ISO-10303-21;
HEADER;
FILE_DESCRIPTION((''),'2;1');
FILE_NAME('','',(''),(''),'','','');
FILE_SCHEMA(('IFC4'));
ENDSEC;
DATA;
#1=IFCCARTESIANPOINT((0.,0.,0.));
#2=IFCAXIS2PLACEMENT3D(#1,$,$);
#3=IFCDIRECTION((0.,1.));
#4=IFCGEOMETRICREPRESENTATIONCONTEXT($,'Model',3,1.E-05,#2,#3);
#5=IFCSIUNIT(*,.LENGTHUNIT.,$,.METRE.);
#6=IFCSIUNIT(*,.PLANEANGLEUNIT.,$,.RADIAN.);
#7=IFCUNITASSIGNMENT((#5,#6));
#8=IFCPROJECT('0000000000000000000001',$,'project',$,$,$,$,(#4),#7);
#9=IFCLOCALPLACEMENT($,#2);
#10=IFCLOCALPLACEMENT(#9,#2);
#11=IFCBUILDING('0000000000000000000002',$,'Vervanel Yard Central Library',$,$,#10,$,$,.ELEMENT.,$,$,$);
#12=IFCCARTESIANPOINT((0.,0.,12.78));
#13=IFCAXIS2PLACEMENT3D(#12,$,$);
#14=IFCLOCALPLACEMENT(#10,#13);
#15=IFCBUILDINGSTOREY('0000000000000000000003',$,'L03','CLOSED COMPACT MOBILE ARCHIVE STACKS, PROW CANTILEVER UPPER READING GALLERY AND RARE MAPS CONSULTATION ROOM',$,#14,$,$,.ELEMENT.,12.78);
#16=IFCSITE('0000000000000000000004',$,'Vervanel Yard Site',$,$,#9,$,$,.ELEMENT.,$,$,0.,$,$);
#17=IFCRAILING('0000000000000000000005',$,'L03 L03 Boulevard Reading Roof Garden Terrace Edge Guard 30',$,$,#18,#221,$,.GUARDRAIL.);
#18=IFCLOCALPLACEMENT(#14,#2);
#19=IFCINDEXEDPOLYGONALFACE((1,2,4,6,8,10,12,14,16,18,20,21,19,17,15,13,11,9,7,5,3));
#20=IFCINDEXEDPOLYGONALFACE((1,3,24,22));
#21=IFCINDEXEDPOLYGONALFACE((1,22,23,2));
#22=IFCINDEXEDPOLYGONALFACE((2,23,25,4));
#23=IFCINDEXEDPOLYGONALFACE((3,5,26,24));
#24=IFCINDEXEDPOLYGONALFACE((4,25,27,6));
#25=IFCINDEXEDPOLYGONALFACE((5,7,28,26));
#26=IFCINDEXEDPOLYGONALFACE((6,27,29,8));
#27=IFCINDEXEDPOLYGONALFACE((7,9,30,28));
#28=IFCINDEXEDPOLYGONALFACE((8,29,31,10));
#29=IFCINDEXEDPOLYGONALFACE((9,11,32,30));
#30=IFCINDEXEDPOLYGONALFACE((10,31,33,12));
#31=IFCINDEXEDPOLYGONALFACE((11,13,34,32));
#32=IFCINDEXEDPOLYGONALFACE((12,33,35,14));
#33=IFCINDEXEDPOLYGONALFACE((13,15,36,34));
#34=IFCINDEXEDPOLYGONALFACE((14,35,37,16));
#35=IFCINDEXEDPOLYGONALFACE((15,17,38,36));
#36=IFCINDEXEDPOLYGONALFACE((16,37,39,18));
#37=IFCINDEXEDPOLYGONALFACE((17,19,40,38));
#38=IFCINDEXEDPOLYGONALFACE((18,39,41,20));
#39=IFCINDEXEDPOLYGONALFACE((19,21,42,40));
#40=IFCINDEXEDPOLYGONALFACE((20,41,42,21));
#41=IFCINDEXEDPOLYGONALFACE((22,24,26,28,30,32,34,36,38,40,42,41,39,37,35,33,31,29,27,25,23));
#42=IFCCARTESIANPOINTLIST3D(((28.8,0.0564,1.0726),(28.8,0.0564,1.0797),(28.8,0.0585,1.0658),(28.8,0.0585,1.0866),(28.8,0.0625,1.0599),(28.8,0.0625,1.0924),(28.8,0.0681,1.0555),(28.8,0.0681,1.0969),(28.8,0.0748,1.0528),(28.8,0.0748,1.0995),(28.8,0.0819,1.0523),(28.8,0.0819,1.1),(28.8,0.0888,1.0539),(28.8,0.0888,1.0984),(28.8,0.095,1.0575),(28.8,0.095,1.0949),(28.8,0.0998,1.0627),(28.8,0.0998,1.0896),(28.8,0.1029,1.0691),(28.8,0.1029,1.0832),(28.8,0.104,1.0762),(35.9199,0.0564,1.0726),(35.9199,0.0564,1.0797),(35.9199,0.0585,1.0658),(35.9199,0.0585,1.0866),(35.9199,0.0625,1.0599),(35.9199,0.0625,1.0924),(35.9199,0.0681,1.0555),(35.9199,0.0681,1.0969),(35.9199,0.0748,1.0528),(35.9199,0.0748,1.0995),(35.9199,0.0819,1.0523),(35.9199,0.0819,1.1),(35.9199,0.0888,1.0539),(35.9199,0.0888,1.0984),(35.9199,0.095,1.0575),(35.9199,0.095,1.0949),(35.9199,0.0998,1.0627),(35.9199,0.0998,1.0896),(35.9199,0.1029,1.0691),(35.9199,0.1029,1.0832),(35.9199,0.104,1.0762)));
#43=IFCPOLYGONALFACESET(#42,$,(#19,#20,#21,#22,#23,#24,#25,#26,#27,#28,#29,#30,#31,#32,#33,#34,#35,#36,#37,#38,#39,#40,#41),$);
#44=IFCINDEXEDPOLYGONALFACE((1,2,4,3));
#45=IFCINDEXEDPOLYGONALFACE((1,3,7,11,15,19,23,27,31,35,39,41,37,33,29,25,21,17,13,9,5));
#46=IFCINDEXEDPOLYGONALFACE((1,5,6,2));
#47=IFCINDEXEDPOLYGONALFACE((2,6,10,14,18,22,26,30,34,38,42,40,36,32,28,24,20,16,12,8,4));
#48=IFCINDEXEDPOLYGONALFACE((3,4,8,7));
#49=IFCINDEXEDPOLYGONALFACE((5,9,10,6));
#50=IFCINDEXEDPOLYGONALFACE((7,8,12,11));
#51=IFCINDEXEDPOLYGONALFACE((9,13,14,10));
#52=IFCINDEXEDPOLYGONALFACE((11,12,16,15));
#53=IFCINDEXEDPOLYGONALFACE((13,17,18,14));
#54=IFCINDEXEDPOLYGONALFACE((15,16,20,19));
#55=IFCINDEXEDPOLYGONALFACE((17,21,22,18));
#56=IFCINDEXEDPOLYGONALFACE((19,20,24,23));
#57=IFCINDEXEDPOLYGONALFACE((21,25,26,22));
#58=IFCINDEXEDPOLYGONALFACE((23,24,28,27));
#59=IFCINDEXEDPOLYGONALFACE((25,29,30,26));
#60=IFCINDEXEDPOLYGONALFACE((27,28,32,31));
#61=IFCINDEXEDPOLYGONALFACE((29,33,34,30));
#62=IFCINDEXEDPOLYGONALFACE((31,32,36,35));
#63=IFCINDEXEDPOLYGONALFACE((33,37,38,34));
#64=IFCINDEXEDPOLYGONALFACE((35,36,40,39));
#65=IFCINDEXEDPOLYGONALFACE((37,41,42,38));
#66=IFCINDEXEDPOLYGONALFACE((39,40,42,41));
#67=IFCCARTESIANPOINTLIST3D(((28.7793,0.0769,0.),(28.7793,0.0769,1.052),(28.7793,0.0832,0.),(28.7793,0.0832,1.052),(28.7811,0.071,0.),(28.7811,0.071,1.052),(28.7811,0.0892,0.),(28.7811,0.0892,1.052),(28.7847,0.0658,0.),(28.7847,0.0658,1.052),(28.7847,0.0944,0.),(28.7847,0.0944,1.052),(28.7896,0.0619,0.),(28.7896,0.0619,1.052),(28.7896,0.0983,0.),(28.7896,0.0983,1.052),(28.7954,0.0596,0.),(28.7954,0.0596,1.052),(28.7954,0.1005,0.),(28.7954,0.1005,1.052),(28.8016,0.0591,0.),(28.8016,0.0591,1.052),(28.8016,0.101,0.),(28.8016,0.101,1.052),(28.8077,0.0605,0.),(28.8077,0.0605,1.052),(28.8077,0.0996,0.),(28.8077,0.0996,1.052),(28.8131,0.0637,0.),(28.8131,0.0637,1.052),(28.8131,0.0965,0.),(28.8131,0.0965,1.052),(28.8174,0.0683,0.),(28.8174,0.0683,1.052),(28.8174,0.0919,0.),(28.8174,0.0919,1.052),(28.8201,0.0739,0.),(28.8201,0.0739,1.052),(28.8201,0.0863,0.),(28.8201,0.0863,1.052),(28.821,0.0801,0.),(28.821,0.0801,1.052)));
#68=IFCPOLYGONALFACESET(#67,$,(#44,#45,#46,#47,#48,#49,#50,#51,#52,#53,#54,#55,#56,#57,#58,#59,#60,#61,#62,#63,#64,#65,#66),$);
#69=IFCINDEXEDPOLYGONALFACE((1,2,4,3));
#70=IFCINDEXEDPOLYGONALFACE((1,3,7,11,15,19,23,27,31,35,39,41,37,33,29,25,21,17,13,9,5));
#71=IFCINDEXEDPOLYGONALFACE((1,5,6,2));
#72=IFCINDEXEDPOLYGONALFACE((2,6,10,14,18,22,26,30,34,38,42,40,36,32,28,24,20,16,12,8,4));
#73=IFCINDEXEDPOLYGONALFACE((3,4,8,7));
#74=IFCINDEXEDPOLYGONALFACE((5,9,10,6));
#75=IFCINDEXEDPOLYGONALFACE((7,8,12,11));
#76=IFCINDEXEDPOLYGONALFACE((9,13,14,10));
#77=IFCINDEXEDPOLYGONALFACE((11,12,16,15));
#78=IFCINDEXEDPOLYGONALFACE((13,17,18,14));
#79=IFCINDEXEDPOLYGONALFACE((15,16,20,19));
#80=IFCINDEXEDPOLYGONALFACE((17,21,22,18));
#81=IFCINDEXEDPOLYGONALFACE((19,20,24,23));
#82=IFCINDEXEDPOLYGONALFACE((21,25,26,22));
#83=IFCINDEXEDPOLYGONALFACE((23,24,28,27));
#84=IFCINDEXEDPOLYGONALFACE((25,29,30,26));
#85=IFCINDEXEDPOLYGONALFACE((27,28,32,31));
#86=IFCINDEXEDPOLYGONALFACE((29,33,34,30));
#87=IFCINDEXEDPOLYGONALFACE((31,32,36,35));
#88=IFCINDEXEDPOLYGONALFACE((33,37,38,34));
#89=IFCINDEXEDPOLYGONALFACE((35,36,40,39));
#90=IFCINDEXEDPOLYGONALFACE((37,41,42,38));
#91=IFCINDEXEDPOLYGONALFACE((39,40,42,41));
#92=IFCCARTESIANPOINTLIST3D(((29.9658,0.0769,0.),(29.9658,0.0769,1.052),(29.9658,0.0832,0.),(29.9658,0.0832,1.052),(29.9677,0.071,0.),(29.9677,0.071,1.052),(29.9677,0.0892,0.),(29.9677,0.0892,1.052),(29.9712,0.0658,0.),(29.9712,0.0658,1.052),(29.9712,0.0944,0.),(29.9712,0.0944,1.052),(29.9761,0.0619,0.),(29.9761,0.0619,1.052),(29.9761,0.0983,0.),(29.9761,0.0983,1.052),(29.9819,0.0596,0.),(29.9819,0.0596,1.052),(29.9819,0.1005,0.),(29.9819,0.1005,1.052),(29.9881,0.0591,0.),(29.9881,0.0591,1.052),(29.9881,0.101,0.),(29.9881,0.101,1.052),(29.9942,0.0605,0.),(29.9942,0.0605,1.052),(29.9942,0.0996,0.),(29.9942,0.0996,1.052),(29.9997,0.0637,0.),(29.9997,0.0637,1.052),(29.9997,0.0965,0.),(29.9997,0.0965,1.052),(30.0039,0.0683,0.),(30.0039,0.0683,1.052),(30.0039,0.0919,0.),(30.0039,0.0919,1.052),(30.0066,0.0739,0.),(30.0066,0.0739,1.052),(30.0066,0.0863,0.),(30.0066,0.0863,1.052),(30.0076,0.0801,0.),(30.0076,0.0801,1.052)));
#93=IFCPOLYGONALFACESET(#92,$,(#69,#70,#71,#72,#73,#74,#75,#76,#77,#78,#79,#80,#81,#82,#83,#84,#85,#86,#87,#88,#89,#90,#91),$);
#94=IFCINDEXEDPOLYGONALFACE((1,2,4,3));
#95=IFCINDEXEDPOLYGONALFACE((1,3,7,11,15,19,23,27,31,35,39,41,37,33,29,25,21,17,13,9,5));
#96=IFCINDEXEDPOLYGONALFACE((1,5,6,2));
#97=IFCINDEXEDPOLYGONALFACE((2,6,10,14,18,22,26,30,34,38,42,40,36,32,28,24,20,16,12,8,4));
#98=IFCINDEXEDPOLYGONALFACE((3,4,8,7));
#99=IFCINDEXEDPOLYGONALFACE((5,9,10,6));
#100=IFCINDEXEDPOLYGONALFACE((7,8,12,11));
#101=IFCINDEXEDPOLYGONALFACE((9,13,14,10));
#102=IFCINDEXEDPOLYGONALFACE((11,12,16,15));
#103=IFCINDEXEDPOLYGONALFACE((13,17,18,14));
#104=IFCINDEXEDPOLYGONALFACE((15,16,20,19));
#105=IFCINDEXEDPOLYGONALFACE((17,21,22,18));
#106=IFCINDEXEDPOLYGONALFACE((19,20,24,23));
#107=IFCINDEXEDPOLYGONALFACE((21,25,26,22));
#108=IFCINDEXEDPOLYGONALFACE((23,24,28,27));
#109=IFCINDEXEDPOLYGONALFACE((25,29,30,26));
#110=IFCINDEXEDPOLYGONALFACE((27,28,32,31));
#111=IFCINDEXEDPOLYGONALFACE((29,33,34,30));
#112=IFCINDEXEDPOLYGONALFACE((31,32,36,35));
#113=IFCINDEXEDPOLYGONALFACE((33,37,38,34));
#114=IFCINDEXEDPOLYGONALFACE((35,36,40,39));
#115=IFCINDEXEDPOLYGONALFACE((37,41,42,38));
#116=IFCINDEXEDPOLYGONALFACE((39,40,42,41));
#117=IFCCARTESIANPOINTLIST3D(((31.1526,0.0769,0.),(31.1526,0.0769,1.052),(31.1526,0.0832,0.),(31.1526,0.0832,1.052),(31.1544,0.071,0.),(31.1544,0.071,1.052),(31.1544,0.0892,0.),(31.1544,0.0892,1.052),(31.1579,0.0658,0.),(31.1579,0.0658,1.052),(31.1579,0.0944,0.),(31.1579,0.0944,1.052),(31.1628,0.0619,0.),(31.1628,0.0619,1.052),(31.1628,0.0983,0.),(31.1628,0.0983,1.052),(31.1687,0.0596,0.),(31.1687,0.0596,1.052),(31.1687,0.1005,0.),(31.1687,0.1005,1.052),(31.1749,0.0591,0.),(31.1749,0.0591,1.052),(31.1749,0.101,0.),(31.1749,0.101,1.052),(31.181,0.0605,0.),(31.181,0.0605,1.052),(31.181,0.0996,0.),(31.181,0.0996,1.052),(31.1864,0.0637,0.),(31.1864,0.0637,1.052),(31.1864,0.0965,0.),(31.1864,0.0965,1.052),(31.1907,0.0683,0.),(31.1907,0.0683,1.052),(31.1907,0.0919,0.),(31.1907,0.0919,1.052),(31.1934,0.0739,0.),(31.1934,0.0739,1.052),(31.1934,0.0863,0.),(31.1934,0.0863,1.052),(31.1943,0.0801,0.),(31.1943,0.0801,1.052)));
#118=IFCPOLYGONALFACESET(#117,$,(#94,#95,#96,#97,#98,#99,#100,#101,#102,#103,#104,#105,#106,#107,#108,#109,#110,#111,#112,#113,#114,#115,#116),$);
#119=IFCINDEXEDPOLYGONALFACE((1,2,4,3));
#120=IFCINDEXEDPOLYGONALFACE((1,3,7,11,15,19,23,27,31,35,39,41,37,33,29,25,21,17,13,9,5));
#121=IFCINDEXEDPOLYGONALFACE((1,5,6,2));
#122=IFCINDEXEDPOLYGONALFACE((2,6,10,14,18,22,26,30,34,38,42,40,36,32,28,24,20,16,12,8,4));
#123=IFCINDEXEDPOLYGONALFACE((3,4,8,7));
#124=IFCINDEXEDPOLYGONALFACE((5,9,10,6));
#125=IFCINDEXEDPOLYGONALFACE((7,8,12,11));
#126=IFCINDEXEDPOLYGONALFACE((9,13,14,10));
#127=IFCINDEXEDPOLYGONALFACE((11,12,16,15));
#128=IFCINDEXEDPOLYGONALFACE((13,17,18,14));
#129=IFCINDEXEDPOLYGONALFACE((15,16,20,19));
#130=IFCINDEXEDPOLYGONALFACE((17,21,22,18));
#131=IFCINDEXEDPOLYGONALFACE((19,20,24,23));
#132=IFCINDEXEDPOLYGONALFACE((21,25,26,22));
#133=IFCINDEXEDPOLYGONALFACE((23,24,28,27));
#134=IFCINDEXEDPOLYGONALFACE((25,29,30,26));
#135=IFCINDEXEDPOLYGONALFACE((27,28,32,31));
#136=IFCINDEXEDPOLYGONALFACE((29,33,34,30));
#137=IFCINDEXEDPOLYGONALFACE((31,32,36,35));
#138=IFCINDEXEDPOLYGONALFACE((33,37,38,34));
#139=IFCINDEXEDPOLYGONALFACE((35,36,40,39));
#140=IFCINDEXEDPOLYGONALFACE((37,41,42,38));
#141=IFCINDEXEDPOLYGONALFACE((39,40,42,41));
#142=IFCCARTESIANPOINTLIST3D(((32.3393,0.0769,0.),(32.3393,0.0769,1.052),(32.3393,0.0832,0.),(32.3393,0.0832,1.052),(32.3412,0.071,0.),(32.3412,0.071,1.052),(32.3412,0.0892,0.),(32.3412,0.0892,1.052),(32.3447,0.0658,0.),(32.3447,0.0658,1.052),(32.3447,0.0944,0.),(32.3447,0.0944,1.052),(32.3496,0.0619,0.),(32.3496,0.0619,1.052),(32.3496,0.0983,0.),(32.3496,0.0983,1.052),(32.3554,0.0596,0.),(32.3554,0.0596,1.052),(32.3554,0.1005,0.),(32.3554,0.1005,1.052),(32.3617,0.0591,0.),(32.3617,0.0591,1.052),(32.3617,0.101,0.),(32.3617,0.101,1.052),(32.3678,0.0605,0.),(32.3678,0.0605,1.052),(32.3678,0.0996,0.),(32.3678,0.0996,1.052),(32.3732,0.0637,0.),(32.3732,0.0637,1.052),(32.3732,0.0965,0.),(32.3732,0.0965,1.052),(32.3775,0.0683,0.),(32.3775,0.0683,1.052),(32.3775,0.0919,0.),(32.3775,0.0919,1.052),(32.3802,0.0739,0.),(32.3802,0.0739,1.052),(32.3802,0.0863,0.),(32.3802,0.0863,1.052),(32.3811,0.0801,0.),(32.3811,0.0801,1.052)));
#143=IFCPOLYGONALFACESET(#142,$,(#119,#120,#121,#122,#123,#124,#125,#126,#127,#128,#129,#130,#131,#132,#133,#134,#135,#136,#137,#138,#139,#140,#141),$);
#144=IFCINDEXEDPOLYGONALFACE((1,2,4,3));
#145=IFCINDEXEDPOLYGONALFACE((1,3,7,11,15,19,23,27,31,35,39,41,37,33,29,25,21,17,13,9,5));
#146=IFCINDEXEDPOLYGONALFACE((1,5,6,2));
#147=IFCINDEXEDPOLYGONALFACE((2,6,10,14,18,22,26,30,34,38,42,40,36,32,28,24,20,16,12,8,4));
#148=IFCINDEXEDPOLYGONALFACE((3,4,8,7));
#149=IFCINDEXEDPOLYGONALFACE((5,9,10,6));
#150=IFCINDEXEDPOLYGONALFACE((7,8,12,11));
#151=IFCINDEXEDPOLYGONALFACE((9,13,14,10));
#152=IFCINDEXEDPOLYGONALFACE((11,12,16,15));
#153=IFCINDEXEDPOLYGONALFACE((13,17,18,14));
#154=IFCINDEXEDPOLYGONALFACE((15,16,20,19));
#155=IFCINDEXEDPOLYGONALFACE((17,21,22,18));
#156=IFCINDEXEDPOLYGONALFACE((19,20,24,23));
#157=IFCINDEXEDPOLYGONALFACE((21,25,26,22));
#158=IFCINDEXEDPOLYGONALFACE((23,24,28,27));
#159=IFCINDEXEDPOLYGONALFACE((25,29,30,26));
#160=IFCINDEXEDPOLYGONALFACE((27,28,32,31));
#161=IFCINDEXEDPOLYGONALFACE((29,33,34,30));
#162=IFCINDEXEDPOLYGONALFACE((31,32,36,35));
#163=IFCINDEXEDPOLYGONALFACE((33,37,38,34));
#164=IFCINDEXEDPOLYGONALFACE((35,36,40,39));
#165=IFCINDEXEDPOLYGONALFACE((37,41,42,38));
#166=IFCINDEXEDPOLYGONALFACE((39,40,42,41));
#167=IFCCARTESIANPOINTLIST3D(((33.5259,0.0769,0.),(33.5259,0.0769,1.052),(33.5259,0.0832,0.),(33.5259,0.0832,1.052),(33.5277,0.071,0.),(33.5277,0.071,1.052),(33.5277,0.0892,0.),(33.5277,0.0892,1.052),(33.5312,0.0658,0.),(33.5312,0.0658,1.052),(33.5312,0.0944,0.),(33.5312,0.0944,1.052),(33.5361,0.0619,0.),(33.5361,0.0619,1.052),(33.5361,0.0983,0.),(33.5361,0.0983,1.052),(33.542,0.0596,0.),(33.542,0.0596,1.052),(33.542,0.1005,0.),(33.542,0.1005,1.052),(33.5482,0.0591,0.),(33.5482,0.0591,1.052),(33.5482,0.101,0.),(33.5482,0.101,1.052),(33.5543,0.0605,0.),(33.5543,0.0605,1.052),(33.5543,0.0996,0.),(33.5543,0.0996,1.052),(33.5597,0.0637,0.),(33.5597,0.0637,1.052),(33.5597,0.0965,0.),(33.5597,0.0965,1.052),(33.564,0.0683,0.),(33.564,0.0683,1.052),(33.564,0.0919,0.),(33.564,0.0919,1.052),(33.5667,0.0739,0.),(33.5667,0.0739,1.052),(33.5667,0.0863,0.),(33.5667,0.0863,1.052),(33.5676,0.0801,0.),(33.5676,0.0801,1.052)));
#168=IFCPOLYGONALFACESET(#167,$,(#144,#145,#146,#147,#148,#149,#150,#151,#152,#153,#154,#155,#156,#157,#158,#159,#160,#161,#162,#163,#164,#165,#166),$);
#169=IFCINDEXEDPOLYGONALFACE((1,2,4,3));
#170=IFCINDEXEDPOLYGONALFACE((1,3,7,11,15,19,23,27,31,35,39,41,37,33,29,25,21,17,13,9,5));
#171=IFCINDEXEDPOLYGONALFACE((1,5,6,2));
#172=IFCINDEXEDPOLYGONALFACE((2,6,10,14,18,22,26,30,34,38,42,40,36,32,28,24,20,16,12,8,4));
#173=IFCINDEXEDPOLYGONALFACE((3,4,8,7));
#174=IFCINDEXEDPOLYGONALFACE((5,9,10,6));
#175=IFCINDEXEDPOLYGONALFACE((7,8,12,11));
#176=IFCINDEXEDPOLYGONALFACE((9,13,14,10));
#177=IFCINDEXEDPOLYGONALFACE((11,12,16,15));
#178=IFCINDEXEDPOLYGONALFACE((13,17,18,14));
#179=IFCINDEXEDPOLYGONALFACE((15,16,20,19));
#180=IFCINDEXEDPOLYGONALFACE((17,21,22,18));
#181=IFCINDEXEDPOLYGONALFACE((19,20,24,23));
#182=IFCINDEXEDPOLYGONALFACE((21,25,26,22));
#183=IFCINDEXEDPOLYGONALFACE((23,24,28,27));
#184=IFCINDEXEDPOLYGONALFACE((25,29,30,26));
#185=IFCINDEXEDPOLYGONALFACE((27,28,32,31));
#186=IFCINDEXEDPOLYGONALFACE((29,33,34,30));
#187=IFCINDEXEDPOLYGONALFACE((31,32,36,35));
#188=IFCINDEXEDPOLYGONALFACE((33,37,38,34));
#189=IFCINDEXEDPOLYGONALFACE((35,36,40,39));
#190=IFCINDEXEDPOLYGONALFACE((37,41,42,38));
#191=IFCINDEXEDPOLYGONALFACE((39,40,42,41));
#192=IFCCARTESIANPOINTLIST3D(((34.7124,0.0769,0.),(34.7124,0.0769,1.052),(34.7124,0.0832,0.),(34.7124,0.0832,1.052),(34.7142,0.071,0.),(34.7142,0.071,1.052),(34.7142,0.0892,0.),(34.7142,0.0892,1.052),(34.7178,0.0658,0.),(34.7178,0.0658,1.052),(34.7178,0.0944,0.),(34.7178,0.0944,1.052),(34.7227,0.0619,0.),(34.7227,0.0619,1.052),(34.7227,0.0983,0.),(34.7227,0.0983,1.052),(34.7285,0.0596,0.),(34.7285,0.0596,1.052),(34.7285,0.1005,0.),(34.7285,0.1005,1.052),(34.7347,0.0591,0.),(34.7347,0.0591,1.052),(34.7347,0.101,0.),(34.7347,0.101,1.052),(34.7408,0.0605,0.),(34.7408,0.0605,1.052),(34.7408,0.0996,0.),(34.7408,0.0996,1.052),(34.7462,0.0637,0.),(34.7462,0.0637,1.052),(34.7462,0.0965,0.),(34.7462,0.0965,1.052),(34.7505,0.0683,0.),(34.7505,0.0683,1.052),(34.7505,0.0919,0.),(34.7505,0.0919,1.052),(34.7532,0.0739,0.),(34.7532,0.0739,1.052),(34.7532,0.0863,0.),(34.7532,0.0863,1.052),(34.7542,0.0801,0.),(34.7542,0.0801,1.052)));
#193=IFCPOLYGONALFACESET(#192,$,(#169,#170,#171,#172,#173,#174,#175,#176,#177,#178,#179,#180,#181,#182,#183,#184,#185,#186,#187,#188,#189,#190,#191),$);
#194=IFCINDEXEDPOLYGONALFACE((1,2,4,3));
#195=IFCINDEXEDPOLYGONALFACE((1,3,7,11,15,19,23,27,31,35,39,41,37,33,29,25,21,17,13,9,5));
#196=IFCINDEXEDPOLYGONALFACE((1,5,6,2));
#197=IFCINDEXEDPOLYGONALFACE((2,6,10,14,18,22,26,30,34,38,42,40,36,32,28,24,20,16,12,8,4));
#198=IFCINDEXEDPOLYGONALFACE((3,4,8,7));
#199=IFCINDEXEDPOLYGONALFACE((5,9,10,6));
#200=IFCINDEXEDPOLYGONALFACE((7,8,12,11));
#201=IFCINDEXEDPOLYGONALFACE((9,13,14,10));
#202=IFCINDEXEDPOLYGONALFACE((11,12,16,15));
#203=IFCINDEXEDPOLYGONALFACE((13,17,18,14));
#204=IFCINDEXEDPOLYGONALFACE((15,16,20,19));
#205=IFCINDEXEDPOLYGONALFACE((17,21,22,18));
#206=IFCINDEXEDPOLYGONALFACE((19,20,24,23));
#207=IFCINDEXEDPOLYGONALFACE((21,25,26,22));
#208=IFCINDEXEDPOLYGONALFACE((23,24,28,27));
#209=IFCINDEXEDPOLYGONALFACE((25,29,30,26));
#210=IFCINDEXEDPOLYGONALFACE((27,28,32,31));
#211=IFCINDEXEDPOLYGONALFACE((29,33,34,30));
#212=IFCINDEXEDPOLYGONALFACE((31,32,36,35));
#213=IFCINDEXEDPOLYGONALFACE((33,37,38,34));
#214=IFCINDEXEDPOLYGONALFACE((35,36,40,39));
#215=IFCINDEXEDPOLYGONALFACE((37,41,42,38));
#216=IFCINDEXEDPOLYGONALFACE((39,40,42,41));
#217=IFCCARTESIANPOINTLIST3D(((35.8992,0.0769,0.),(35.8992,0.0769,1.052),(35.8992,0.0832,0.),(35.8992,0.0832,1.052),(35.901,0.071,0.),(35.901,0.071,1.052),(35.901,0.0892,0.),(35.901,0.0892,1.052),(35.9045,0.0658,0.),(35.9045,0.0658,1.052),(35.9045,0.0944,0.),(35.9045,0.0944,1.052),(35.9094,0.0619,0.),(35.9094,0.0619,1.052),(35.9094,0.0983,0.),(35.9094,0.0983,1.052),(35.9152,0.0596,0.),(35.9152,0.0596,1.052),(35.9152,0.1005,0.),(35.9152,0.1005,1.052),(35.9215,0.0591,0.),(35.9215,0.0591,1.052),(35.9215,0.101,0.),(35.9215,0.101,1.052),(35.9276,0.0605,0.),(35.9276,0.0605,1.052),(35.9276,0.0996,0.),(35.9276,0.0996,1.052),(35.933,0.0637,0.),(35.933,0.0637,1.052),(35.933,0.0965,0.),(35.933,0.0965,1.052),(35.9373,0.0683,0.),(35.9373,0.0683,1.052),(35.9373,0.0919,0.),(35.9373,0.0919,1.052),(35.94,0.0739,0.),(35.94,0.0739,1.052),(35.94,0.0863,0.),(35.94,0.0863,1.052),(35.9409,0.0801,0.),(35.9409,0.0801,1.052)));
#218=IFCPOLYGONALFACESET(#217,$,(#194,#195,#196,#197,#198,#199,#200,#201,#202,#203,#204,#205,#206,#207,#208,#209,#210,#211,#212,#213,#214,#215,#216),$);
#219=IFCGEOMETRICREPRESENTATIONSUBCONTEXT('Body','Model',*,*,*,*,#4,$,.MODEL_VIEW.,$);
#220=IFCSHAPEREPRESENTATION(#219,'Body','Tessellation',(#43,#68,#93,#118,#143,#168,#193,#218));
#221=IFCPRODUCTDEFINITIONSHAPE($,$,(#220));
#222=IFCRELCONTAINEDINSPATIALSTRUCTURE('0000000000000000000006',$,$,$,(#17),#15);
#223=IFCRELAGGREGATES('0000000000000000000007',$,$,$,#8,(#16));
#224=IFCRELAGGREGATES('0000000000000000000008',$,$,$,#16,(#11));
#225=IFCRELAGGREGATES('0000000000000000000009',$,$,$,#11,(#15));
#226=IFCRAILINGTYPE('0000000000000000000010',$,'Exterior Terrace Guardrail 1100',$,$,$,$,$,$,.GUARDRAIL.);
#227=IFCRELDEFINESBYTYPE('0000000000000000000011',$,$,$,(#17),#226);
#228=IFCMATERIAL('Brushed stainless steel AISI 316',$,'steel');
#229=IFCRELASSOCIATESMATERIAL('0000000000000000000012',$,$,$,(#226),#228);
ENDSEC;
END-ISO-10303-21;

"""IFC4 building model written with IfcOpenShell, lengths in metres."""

from ifc_helpers import new_model, si_unit, direction, frame, origin, origin_2d, place, context, subcontext, project, spatial, circle, extrude, material, type_object, element, save


model = new_model("IFC4")

# Units and contexts
model_context = context("Model", 3, precision=1e-05, world=origin(), true_north=direction((0.0, 1.0)))
body_context = subcontext(model_context, "Body", "Model", "MODEL_VIEW")
ifc_project = project(units=[si_unit("LENGTHUNIT", "METRE"), si_unit("PLANEANGLEUNIT", "RADIAN")], contexts=[model_context])

# Site, building, storey
site_placement = place(None, origin())
site = spatial("IfcSite", under=ifc_project, at=site_placement, Name="Vervanel Yard Site", CompositionType="ELEMENT", RefElevation=0.0)
building_placement = place(site_placement, origin())
building = spatial("IfcBuilding", under=site, at=building_placement, Name="Vervanel Yard Central Library", CompositionType="ELEMENT")
storey_placement = place(building_placement, frame((0.0, 0.0, 12.78)))
storey = spatial("IfcBuildingStorey", under=building, at=storey_placement, Name="L03", Description="CLOSED COMPACT MOBILE ARCHIVE STACKS, PROW CANTILEVER UPPER READING GALLERY AND RARE MAPS CONSULTATION ROOM", CompositionType="ELEMENT", Elevation=12.78)

# Railing
ifc_material_1 = material(Name="Brushed stainless steel AISI 316", Category="steel")
railing_type_1 = type_object("IfcRailingType", Name="Exterior Terrace Guardrail 1100", PredefinedType="GUARDRAIL", material=ifc_material_1)
railing_1_placement = place(storey_placement, frame((28.8, 0.0801, 0.0)))
element("IfcRailing", 1, at=railing_1_placement, inside=storey, type_object=railing_type_1, Name="L03 L03 Boulevard Reading Roof Garden Terrace Edge Guard 30", PredefinedType="GUARDRAIL", context=body_context, shape_type="SweptSolid", body=[
    extrude(circle(Radius=0.0239, at=origin_2d()), frame((0.0, 0.0, 1.0762), z_axis=(1.0, 0.0, 0.0), x_axis=(0.0, 1.0, 0.0)), (0.0, 0.0, 1.0), 7.1199),
    extrude(circle(Radius=0.021, at=origin_2d()), origin(), (0.0, 0.0, 1.0), 1.052),
    extrude(circle(Radius=0.021, at=origin_2d()), frame((1.1865, 0.0, 0.0)), (0.0, 0.0, 1.0), 1.052),
    extrude(circle(Radius=0.021, at=origin_2d()), frame((2.3733, 0.0, 0.0)), (0.0, 0.0, 1.0), 1.052),
    extrude(circle(Radius=0.021, at=origin_2d()), frame((3.5601, 0.0, 0.0)), (0.0, 0.0, 1.0), 1.052),
    extrude(circle(Radius=0.021, at=origin_2d()), frame((4.7466, 0.0, 0.0)), (0.0, 0.0, 1.0), 1.052),
    extrude(circle(Radius=0.021, at=origin_2d()), frame((5.9331, 0.0, 0.0)), (0.0, 0.0, 1.0), 1.052),
    extrude(circle(Radius=0.021, at=origin_2d()), frame((7.1199, 0.0, 0.0)), (0.0, 0.0, 1.0), 1.052),
])

save(model, "model.ifc")
